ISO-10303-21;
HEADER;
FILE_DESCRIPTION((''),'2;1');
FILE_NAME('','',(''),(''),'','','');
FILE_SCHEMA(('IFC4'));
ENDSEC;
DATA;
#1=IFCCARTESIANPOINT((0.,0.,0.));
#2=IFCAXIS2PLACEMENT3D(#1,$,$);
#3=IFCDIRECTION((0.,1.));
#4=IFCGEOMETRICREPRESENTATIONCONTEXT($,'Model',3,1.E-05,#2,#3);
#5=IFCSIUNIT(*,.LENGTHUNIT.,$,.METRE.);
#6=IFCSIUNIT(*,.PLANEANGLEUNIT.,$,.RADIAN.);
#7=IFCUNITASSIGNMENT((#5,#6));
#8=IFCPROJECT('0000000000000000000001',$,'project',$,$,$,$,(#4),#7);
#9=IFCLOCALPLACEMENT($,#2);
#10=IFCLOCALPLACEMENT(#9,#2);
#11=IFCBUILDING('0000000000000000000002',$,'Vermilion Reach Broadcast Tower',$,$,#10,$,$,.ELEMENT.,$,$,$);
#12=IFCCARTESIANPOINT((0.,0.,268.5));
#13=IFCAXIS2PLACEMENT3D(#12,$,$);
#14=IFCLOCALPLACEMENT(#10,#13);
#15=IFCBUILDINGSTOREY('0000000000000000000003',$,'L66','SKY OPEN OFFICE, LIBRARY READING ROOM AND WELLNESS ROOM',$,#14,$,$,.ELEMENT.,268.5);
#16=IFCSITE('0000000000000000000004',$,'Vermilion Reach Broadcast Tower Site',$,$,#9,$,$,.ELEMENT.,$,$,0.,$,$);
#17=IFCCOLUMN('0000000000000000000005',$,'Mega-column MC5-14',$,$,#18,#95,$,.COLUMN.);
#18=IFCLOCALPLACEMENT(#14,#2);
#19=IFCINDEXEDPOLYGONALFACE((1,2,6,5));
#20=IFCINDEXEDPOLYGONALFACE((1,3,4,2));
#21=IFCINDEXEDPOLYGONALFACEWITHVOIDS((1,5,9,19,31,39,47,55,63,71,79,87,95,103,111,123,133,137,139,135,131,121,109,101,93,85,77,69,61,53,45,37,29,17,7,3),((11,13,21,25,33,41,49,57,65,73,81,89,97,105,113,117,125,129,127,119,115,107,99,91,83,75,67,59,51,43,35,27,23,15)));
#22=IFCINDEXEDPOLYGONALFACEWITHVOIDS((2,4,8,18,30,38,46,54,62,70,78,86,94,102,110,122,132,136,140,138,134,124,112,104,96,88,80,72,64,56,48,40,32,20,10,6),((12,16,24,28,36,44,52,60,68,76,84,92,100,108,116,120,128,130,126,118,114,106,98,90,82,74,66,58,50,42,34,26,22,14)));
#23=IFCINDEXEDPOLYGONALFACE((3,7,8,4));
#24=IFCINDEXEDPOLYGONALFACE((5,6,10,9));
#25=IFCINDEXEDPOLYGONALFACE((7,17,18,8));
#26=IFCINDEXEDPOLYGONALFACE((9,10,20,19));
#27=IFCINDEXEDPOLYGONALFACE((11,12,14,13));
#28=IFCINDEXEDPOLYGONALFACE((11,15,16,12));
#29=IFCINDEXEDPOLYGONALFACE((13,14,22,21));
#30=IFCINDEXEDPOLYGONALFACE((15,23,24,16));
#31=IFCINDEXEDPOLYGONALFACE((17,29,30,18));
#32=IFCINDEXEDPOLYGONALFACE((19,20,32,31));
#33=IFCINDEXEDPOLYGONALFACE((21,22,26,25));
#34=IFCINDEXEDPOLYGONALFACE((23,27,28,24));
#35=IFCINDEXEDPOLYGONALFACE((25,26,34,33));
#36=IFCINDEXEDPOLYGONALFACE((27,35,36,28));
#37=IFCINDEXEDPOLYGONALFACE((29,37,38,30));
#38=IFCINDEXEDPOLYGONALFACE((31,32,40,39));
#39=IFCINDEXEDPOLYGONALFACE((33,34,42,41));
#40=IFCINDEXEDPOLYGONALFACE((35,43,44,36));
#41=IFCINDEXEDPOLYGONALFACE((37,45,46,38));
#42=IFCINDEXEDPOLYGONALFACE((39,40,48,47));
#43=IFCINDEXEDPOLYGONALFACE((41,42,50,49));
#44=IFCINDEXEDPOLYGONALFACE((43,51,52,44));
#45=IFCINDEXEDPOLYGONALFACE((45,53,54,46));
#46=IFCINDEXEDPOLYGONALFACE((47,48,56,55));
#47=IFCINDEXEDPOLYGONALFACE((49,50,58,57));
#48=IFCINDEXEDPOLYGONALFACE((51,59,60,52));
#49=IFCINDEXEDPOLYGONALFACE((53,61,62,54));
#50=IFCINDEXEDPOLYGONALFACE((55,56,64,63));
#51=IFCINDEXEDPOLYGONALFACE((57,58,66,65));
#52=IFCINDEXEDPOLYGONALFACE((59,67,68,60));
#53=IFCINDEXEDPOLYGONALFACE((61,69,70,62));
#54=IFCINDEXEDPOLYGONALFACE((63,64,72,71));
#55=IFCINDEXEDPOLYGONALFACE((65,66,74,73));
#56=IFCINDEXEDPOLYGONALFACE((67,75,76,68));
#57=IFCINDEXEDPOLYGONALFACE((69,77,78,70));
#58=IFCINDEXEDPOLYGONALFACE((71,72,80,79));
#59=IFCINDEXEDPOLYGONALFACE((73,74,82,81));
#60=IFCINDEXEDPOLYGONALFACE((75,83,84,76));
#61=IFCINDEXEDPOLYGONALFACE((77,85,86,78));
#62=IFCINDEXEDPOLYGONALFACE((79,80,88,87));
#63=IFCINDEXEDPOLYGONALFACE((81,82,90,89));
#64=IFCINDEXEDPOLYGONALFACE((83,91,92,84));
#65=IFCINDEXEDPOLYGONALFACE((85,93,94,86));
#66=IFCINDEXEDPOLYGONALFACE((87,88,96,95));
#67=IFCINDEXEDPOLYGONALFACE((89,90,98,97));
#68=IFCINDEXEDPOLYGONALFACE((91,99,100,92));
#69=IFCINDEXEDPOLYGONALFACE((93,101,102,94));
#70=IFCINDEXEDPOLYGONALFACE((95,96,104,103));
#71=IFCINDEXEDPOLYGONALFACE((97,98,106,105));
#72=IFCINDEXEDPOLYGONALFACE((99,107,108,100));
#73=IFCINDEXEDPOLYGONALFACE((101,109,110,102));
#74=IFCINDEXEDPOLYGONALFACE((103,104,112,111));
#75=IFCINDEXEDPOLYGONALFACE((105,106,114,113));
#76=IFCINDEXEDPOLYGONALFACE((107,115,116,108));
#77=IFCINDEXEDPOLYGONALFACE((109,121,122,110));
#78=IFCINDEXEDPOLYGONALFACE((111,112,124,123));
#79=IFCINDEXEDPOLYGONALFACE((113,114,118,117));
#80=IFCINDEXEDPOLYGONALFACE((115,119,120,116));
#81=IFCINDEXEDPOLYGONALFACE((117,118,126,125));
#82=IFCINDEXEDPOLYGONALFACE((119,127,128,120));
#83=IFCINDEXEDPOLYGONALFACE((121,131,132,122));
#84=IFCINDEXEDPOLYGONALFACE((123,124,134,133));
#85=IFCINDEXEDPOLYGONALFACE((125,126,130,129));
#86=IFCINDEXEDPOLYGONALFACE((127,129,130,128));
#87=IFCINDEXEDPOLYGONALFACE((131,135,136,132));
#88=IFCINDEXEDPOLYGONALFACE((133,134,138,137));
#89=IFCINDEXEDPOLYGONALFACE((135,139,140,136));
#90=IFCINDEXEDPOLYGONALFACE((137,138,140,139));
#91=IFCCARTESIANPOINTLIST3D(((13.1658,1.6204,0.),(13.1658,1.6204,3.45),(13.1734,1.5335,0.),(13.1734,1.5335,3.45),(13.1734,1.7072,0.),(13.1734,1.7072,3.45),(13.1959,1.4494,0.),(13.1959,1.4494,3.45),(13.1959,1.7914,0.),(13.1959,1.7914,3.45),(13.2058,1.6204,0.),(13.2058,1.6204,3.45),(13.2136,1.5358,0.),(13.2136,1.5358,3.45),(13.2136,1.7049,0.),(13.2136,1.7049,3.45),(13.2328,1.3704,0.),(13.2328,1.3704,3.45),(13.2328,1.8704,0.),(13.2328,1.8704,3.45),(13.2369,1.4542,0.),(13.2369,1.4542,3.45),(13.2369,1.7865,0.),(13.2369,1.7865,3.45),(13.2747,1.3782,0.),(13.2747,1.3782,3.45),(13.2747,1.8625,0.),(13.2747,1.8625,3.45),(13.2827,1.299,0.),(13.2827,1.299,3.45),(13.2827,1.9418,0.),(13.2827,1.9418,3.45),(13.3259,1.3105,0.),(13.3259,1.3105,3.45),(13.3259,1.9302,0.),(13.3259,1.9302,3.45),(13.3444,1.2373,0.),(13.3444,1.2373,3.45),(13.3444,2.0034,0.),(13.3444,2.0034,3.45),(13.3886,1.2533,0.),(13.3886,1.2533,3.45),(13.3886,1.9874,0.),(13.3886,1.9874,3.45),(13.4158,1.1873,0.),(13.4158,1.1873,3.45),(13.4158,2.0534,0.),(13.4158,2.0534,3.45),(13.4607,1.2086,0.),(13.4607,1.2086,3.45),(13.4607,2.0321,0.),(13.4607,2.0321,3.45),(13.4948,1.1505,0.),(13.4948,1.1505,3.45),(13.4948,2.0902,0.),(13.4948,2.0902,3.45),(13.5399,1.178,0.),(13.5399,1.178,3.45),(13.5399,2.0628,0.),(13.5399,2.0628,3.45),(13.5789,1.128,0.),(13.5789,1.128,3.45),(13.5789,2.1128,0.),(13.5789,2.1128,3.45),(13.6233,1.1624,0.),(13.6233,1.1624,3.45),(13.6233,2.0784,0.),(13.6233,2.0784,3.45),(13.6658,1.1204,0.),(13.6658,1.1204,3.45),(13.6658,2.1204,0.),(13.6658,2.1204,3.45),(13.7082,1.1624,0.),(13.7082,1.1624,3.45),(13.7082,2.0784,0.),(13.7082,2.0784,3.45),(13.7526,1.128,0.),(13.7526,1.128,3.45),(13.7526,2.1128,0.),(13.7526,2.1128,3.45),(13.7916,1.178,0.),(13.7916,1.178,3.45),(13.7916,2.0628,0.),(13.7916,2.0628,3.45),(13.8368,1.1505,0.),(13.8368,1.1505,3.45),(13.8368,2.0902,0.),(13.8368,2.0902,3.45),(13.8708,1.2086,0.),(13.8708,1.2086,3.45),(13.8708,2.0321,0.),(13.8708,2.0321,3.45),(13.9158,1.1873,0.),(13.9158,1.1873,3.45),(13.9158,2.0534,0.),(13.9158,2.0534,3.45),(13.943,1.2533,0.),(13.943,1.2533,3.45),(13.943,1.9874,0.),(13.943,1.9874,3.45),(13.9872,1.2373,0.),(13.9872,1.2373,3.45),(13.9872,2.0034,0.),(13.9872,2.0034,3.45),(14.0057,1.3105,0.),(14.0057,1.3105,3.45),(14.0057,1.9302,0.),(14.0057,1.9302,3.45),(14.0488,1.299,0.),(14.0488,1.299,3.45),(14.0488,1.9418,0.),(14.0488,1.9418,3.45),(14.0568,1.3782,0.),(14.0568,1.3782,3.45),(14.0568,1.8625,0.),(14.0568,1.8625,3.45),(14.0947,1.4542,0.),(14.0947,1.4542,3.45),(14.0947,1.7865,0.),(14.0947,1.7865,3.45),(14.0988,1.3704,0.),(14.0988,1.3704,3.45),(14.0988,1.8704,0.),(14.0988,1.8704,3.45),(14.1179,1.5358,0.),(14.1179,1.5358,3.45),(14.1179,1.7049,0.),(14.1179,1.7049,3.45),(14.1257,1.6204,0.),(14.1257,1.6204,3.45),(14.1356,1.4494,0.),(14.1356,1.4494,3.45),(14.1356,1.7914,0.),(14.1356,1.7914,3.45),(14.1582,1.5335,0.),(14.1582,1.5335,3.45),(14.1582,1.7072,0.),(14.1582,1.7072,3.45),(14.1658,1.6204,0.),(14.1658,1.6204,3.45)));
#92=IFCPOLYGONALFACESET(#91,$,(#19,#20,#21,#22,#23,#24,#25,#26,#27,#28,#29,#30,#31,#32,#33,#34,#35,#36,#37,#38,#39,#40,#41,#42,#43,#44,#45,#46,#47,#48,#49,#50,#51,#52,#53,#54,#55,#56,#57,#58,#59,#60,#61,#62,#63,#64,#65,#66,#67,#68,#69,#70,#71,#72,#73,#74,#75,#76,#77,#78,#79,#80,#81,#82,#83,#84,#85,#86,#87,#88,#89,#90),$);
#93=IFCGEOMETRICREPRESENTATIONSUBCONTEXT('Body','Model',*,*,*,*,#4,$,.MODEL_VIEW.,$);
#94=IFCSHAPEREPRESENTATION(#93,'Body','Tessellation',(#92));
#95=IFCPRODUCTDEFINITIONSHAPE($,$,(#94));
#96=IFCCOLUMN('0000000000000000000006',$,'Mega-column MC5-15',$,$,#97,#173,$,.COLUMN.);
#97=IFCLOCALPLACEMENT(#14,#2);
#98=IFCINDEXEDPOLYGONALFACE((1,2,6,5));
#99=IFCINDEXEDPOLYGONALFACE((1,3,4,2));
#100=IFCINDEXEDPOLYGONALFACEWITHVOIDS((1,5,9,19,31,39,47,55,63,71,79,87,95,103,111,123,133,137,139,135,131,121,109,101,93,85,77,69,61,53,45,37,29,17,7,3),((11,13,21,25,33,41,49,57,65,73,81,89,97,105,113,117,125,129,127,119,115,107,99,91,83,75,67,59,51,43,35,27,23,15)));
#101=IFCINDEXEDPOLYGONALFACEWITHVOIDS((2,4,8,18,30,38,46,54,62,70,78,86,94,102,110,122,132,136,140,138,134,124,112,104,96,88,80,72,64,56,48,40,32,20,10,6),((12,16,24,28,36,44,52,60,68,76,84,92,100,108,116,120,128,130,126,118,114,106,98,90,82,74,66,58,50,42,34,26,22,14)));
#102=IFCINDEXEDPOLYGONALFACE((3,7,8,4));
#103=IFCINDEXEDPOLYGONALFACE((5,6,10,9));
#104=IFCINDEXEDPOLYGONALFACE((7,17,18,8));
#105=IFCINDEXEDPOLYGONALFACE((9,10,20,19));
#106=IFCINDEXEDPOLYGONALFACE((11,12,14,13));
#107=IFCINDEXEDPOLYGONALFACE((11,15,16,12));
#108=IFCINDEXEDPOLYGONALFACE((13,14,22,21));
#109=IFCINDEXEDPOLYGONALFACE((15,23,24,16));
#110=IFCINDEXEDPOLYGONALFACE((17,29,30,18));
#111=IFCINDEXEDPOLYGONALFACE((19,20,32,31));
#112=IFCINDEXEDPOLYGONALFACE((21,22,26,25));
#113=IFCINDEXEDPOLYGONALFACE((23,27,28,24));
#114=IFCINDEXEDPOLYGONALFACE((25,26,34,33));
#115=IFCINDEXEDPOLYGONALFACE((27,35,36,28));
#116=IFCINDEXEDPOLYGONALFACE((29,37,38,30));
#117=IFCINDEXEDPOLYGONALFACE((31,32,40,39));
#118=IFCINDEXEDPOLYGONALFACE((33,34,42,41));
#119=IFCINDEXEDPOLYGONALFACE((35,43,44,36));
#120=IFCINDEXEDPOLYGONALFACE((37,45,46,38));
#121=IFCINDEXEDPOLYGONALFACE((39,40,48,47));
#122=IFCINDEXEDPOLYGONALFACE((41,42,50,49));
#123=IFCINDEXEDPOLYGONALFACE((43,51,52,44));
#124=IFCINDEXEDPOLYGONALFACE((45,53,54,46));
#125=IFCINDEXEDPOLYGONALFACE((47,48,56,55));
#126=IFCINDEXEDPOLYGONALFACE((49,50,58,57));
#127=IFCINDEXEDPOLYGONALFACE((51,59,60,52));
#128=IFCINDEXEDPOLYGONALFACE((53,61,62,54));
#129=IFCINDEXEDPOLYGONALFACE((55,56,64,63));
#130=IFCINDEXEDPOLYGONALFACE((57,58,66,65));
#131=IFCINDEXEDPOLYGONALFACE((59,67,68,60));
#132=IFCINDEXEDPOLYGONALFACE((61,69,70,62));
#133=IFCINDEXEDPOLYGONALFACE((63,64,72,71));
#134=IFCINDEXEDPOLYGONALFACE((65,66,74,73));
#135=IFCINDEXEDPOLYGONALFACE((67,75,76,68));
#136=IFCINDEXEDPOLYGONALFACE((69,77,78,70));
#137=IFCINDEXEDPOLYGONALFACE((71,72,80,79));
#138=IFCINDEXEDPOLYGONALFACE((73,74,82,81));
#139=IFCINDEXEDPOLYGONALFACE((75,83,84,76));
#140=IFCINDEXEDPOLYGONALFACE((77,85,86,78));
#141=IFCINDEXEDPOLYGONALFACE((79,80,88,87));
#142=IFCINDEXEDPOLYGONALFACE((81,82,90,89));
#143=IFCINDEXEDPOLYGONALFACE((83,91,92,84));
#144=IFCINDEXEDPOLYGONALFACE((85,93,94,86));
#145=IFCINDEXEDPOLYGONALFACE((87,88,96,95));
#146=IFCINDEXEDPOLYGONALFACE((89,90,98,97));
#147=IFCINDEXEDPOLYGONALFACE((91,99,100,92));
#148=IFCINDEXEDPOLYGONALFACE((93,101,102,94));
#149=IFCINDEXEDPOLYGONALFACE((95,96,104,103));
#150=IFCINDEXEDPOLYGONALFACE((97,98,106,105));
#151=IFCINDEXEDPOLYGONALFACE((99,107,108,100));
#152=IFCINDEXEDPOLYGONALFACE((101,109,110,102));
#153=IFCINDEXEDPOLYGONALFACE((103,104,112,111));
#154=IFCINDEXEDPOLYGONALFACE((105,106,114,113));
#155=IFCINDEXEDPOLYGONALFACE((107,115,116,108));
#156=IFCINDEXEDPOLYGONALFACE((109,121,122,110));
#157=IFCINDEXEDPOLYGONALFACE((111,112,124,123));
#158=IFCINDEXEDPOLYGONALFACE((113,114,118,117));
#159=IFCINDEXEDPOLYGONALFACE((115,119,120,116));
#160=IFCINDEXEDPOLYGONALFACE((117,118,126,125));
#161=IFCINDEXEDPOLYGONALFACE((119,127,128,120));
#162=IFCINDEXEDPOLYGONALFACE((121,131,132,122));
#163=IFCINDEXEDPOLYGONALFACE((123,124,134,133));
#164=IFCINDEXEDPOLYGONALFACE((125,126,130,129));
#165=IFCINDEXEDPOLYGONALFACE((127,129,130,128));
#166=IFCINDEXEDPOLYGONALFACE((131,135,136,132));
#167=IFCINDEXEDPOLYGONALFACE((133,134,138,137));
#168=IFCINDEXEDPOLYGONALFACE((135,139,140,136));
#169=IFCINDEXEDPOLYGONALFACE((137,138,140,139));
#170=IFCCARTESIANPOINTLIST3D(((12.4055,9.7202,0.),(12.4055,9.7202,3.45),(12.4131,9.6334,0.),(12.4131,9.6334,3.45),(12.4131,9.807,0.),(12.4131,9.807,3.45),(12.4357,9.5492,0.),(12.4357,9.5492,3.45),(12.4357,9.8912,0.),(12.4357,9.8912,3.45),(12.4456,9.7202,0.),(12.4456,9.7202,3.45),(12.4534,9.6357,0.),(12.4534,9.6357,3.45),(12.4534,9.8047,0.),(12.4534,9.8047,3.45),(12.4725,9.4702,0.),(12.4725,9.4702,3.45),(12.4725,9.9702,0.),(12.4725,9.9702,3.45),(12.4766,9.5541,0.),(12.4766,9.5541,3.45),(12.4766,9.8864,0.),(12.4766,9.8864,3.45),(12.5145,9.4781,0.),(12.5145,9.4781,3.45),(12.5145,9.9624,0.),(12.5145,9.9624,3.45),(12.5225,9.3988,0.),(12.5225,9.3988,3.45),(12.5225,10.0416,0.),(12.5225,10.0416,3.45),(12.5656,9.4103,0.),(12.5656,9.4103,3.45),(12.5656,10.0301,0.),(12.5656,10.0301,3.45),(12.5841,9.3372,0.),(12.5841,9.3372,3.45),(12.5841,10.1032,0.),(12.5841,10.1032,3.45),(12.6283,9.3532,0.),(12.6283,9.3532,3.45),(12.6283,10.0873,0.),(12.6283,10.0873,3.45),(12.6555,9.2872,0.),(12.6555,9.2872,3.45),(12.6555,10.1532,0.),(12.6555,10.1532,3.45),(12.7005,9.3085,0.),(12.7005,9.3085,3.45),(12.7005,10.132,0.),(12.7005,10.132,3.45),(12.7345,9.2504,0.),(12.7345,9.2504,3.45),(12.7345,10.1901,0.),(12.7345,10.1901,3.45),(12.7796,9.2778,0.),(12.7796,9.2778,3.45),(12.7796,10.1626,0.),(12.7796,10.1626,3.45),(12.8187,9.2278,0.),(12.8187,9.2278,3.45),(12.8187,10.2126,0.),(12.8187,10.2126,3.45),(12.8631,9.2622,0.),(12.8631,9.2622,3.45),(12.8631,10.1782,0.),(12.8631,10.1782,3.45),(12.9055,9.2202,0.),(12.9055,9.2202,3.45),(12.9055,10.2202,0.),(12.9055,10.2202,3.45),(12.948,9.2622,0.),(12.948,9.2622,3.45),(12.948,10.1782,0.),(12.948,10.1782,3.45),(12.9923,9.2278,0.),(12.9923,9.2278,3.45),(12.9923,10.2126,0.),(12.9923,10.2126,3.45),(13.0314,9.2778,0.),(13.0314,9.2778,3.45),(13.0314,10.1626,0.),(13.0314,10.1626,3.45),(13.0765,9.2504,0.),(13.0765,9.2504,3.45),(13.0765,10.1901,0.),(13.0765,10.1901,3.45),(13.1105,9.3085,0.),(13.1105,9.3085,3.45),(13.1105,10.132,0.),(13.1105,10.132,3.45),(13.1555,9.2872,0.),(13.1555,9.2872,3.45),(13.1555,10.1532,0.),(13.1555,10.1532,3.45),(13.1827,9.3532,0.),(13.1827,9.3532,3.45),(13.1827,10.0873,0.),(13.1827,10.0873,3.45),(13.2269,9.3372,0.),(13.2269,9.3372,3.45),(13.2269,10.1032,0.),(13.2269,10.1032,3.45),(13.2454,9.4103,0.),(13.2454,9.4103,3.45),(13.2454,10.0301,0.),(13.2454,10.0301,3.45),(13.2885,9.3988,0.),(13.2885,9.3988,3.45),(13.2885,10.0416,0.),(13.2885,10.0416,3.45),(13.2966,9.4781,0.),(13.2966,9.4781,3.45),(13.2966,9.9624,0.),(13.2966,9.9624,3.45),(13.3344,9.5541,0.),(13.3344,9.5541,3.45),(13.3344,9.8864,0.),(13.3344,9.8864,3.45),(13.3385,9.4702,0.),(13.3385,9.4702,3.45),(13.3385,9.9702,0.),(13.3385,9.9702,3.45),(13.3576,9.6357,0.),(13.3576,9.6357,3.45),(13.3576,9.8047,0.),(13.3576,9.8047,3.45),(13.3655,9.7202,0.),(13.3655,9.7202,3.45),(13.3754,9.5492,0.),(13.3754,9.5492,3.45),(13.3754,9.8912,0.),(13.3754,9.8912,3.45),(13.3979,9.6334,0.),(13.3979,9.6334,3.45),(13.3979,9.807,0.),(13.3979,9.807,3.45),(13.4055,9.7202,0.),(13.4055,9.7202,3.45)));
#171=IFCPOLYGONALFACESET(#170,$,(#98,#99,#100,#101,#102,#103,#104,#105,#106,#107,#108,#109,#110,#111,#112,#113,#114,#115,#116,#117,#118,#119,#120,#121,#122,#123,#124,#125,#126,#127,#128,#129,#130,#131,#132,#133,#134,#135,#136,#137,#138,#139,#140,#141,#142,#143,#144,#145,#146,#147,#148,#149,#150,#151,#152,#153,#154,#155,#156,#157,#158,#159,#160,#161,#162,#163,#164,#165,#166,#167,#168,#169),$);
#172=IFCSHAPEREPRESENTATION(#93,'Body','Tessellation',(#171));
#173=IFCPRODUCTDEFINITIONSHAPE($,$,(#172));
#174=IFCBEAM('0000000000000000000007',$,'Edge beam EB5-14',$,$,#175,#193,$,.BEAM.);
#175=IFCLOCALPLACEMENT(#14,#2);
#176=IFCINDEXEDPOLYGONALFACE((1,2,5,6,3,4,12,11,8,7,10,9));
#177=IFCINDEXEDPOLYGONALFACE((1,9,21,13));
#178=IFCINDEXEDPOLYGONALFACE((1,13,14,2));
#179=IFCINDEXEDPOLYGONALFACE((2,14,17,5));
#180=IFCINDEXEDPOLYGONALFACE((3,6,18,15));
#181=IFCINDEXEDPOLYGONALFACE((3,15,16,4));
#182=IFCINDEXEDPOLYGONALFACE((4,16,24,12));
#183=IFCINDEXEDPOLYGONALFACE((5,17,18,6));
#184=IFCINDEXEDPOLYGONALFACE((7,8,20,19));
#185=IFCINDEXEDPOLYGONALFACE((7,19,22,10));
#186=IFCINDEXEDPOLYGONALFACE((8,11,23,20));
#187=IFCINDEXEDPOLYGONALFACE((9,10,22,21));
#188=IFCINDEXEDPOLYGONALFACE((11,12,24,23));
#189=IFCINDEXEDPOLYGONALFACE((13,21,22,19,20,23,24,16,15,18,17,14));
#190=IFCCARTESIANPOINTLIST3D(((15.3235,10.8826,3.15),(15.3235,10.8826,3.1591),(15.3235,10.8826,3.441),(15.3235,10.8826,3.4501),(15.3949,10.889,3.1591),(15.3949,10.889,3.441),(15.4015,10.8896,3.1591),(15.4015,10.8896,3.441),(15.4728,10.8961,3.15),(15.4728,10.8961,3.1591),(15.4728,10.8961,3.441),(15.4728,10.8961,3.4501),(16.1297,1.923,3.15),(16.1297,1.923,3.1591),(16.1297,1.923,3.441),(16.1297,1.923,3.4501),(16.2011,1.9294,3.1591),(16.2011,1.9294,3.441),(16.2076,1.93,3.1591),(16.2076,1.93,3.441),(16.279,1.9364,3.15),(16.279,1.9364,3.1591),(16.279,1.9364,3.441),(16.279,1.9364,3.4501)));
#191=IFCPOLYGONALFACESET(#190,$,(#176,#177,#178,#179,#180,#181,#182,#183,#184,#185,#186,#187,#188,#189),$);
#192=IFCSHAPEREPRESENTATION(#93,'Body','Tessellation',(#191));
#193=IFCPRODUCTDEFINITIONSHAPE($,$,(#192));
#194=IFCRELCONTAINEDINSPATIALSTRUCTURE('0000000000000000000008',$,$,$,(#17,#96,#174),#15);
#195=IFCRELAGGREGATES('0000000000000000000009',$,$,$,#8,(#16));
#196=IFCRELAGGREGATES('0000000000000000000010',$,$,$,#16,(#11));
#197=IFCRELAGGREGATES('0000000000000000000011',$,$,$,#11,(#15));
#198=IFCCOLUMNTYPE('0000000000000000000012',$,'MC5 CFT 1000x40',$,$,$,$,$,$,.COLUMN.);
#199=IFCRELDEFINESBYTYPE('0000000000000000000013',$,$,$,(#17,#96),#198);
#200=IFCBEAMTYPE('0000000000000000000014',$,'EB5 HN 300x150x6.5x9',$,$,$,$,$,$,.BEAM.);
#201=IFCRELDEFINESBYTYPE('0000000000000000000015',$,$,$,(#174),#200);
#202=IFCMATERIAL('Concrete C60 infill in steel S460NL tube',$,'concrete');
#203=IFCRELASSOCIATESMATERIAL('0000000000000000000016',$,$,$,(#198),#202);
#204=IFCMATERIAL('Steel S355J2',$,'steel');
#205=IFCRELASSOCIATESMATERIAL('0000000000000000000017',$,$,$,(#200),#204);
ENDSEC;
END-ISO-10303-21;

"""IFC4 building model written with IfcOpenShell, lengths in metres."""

from ifc_helpers import new_model, si_unit, direction, frame, origin, origin_2d, place, context, subcontext, project, spatial, hollow_circle, i_section, extrude, material, material_profile, profile_set, type_object, element, save


model = new_model("IFC4")

# Units and contexts
model_context = context("Model", 3, precision=1e-05, world=origin(), true_north=direction((0.0, 1.0)))
body_context = subcontext(model_context, "Body", "Model", "MODEL_VIEW")
ifc_project = project(units=[si_unit("LENGTHUNIT", "METRE"), si_unit("PLANEANGLEUNIT", "RADIAN")], contexts=[model_context])

# Site, building, storey
site_placement = place(None, origin())
site = spatial("IfcSite", under=ifc_project, at=site_placement, Name="Vermilion Reach Broadcast Tower Site", CompositionType="ELEMENT", RefElevation=0.0)
building_placement = place(site_placement, origin())
building = spatial("IfcBuilding", under=site, at=building_placement, Name="Vermilion Reach Broadcast Tower", CompositionType="ELEMENT")
storey_placement = place(building_placement, frame((0.0, 0.0, 268.5)))
storey = spatial("IfcBuildingStorey", under=building, at=storey_placement, Name="L66", Description="SKY OPEN OFFICE, LIBRARY READING ROOM AND WELLNESS ROOM", CompositionType="ELEMENT", Elevation=268.5)

# Columns
ifc_material_1 = material(Name="Concrete C60 infill in steel S460NL tube", Category="concrete")
ifc_material_profile_1 = material_profile(ifc_material_1, hollow_circle(Radius=0.5, WallThickness=0.04, at=origin_2d()), Name="Concrete C60 infill in steel S460NL tube CFT 1000x40")
ifc_profile_set_1 = profile_set([ifc_material_profile_1], Name="Concrete C60 infill in steel S460NL tube")
column_type = type_object("IfcColumnType", Name="MC5 CFT 1000x40", PredefinedType="COLUMN", material=ifc_profile_set_1)
for number, where, z_axis, x_axis, name in (
    (1, (13.6658, 1.6204, 0.0), (0.0, 0.0, 1.0), (1.0, 0.0, 0.0), "Mega-column MC5-14"),
    (2, (12.9055, 9.7202, 0.0), (0.0, 0.0, 1.0), (1.0, 0.0, 0.0), "Mega-column MC5-15"),
):
    element("IfcColumn", number, at=place(storey_placement, frame(where, z_axis=z_axis, x_axis=x_axis)), inside=storey, type_object=column_type, Name=name, PredefinedType="COLUMN", context=body_context, shape_type="SweptSolid", body=[
        extrude(hollow_circle(Radius=0.5, WallThickness=0.04, at=origin_2d()), origin(), (0.0, 0.0, 1.0), 3.45),
    ])

# Beam
ifc_material_2 = material(Name="Steel S355J2", Category="steel")
ifc_material_profile_2 = material_profile(ifc_material_2, i_section(OverallWidth=0.1499, OverallDepth=0.3, WebThickness=0.0066, FlangeThickness=0.009, at=origin_2d()), Name="S355J2 HN 300x150x6.5x9")
ifc_profile_set_2 = profile_set([ifc_material_profile_2], Name="Steel S355J2")
beam_type_1 = type_object("IfcBeamType", Name="EB5 HN 300x150x6.5x9", PredefinedType="BEAM", material=ifc_profile_set_2)
beam_1_placement = place(storey_placement, frame((16.2043, 1.9297, 3.3), z_axis=(-0.089613, 0.995977, 0.0), x_axis=(-0.995977, -0.089613, 0.0)))
element("IfcBeam", 3, at=beam_1_placement, inside=storey, type_object=beam_type_1, Name="Edge beam EB5-14", PredefinedType="BEAM", context=body_context, shape_type="SweptSolid", body=[
    extrude(i_section(OverallWidth=0.1499, OverallDepth=0.3, WebThickness=0.0066, FlangeThickness=0.009, at=origin_2d()), origin(), (0.0, 0.0, 1.0), 8.9958),
])

save(model, "model.ifc")
